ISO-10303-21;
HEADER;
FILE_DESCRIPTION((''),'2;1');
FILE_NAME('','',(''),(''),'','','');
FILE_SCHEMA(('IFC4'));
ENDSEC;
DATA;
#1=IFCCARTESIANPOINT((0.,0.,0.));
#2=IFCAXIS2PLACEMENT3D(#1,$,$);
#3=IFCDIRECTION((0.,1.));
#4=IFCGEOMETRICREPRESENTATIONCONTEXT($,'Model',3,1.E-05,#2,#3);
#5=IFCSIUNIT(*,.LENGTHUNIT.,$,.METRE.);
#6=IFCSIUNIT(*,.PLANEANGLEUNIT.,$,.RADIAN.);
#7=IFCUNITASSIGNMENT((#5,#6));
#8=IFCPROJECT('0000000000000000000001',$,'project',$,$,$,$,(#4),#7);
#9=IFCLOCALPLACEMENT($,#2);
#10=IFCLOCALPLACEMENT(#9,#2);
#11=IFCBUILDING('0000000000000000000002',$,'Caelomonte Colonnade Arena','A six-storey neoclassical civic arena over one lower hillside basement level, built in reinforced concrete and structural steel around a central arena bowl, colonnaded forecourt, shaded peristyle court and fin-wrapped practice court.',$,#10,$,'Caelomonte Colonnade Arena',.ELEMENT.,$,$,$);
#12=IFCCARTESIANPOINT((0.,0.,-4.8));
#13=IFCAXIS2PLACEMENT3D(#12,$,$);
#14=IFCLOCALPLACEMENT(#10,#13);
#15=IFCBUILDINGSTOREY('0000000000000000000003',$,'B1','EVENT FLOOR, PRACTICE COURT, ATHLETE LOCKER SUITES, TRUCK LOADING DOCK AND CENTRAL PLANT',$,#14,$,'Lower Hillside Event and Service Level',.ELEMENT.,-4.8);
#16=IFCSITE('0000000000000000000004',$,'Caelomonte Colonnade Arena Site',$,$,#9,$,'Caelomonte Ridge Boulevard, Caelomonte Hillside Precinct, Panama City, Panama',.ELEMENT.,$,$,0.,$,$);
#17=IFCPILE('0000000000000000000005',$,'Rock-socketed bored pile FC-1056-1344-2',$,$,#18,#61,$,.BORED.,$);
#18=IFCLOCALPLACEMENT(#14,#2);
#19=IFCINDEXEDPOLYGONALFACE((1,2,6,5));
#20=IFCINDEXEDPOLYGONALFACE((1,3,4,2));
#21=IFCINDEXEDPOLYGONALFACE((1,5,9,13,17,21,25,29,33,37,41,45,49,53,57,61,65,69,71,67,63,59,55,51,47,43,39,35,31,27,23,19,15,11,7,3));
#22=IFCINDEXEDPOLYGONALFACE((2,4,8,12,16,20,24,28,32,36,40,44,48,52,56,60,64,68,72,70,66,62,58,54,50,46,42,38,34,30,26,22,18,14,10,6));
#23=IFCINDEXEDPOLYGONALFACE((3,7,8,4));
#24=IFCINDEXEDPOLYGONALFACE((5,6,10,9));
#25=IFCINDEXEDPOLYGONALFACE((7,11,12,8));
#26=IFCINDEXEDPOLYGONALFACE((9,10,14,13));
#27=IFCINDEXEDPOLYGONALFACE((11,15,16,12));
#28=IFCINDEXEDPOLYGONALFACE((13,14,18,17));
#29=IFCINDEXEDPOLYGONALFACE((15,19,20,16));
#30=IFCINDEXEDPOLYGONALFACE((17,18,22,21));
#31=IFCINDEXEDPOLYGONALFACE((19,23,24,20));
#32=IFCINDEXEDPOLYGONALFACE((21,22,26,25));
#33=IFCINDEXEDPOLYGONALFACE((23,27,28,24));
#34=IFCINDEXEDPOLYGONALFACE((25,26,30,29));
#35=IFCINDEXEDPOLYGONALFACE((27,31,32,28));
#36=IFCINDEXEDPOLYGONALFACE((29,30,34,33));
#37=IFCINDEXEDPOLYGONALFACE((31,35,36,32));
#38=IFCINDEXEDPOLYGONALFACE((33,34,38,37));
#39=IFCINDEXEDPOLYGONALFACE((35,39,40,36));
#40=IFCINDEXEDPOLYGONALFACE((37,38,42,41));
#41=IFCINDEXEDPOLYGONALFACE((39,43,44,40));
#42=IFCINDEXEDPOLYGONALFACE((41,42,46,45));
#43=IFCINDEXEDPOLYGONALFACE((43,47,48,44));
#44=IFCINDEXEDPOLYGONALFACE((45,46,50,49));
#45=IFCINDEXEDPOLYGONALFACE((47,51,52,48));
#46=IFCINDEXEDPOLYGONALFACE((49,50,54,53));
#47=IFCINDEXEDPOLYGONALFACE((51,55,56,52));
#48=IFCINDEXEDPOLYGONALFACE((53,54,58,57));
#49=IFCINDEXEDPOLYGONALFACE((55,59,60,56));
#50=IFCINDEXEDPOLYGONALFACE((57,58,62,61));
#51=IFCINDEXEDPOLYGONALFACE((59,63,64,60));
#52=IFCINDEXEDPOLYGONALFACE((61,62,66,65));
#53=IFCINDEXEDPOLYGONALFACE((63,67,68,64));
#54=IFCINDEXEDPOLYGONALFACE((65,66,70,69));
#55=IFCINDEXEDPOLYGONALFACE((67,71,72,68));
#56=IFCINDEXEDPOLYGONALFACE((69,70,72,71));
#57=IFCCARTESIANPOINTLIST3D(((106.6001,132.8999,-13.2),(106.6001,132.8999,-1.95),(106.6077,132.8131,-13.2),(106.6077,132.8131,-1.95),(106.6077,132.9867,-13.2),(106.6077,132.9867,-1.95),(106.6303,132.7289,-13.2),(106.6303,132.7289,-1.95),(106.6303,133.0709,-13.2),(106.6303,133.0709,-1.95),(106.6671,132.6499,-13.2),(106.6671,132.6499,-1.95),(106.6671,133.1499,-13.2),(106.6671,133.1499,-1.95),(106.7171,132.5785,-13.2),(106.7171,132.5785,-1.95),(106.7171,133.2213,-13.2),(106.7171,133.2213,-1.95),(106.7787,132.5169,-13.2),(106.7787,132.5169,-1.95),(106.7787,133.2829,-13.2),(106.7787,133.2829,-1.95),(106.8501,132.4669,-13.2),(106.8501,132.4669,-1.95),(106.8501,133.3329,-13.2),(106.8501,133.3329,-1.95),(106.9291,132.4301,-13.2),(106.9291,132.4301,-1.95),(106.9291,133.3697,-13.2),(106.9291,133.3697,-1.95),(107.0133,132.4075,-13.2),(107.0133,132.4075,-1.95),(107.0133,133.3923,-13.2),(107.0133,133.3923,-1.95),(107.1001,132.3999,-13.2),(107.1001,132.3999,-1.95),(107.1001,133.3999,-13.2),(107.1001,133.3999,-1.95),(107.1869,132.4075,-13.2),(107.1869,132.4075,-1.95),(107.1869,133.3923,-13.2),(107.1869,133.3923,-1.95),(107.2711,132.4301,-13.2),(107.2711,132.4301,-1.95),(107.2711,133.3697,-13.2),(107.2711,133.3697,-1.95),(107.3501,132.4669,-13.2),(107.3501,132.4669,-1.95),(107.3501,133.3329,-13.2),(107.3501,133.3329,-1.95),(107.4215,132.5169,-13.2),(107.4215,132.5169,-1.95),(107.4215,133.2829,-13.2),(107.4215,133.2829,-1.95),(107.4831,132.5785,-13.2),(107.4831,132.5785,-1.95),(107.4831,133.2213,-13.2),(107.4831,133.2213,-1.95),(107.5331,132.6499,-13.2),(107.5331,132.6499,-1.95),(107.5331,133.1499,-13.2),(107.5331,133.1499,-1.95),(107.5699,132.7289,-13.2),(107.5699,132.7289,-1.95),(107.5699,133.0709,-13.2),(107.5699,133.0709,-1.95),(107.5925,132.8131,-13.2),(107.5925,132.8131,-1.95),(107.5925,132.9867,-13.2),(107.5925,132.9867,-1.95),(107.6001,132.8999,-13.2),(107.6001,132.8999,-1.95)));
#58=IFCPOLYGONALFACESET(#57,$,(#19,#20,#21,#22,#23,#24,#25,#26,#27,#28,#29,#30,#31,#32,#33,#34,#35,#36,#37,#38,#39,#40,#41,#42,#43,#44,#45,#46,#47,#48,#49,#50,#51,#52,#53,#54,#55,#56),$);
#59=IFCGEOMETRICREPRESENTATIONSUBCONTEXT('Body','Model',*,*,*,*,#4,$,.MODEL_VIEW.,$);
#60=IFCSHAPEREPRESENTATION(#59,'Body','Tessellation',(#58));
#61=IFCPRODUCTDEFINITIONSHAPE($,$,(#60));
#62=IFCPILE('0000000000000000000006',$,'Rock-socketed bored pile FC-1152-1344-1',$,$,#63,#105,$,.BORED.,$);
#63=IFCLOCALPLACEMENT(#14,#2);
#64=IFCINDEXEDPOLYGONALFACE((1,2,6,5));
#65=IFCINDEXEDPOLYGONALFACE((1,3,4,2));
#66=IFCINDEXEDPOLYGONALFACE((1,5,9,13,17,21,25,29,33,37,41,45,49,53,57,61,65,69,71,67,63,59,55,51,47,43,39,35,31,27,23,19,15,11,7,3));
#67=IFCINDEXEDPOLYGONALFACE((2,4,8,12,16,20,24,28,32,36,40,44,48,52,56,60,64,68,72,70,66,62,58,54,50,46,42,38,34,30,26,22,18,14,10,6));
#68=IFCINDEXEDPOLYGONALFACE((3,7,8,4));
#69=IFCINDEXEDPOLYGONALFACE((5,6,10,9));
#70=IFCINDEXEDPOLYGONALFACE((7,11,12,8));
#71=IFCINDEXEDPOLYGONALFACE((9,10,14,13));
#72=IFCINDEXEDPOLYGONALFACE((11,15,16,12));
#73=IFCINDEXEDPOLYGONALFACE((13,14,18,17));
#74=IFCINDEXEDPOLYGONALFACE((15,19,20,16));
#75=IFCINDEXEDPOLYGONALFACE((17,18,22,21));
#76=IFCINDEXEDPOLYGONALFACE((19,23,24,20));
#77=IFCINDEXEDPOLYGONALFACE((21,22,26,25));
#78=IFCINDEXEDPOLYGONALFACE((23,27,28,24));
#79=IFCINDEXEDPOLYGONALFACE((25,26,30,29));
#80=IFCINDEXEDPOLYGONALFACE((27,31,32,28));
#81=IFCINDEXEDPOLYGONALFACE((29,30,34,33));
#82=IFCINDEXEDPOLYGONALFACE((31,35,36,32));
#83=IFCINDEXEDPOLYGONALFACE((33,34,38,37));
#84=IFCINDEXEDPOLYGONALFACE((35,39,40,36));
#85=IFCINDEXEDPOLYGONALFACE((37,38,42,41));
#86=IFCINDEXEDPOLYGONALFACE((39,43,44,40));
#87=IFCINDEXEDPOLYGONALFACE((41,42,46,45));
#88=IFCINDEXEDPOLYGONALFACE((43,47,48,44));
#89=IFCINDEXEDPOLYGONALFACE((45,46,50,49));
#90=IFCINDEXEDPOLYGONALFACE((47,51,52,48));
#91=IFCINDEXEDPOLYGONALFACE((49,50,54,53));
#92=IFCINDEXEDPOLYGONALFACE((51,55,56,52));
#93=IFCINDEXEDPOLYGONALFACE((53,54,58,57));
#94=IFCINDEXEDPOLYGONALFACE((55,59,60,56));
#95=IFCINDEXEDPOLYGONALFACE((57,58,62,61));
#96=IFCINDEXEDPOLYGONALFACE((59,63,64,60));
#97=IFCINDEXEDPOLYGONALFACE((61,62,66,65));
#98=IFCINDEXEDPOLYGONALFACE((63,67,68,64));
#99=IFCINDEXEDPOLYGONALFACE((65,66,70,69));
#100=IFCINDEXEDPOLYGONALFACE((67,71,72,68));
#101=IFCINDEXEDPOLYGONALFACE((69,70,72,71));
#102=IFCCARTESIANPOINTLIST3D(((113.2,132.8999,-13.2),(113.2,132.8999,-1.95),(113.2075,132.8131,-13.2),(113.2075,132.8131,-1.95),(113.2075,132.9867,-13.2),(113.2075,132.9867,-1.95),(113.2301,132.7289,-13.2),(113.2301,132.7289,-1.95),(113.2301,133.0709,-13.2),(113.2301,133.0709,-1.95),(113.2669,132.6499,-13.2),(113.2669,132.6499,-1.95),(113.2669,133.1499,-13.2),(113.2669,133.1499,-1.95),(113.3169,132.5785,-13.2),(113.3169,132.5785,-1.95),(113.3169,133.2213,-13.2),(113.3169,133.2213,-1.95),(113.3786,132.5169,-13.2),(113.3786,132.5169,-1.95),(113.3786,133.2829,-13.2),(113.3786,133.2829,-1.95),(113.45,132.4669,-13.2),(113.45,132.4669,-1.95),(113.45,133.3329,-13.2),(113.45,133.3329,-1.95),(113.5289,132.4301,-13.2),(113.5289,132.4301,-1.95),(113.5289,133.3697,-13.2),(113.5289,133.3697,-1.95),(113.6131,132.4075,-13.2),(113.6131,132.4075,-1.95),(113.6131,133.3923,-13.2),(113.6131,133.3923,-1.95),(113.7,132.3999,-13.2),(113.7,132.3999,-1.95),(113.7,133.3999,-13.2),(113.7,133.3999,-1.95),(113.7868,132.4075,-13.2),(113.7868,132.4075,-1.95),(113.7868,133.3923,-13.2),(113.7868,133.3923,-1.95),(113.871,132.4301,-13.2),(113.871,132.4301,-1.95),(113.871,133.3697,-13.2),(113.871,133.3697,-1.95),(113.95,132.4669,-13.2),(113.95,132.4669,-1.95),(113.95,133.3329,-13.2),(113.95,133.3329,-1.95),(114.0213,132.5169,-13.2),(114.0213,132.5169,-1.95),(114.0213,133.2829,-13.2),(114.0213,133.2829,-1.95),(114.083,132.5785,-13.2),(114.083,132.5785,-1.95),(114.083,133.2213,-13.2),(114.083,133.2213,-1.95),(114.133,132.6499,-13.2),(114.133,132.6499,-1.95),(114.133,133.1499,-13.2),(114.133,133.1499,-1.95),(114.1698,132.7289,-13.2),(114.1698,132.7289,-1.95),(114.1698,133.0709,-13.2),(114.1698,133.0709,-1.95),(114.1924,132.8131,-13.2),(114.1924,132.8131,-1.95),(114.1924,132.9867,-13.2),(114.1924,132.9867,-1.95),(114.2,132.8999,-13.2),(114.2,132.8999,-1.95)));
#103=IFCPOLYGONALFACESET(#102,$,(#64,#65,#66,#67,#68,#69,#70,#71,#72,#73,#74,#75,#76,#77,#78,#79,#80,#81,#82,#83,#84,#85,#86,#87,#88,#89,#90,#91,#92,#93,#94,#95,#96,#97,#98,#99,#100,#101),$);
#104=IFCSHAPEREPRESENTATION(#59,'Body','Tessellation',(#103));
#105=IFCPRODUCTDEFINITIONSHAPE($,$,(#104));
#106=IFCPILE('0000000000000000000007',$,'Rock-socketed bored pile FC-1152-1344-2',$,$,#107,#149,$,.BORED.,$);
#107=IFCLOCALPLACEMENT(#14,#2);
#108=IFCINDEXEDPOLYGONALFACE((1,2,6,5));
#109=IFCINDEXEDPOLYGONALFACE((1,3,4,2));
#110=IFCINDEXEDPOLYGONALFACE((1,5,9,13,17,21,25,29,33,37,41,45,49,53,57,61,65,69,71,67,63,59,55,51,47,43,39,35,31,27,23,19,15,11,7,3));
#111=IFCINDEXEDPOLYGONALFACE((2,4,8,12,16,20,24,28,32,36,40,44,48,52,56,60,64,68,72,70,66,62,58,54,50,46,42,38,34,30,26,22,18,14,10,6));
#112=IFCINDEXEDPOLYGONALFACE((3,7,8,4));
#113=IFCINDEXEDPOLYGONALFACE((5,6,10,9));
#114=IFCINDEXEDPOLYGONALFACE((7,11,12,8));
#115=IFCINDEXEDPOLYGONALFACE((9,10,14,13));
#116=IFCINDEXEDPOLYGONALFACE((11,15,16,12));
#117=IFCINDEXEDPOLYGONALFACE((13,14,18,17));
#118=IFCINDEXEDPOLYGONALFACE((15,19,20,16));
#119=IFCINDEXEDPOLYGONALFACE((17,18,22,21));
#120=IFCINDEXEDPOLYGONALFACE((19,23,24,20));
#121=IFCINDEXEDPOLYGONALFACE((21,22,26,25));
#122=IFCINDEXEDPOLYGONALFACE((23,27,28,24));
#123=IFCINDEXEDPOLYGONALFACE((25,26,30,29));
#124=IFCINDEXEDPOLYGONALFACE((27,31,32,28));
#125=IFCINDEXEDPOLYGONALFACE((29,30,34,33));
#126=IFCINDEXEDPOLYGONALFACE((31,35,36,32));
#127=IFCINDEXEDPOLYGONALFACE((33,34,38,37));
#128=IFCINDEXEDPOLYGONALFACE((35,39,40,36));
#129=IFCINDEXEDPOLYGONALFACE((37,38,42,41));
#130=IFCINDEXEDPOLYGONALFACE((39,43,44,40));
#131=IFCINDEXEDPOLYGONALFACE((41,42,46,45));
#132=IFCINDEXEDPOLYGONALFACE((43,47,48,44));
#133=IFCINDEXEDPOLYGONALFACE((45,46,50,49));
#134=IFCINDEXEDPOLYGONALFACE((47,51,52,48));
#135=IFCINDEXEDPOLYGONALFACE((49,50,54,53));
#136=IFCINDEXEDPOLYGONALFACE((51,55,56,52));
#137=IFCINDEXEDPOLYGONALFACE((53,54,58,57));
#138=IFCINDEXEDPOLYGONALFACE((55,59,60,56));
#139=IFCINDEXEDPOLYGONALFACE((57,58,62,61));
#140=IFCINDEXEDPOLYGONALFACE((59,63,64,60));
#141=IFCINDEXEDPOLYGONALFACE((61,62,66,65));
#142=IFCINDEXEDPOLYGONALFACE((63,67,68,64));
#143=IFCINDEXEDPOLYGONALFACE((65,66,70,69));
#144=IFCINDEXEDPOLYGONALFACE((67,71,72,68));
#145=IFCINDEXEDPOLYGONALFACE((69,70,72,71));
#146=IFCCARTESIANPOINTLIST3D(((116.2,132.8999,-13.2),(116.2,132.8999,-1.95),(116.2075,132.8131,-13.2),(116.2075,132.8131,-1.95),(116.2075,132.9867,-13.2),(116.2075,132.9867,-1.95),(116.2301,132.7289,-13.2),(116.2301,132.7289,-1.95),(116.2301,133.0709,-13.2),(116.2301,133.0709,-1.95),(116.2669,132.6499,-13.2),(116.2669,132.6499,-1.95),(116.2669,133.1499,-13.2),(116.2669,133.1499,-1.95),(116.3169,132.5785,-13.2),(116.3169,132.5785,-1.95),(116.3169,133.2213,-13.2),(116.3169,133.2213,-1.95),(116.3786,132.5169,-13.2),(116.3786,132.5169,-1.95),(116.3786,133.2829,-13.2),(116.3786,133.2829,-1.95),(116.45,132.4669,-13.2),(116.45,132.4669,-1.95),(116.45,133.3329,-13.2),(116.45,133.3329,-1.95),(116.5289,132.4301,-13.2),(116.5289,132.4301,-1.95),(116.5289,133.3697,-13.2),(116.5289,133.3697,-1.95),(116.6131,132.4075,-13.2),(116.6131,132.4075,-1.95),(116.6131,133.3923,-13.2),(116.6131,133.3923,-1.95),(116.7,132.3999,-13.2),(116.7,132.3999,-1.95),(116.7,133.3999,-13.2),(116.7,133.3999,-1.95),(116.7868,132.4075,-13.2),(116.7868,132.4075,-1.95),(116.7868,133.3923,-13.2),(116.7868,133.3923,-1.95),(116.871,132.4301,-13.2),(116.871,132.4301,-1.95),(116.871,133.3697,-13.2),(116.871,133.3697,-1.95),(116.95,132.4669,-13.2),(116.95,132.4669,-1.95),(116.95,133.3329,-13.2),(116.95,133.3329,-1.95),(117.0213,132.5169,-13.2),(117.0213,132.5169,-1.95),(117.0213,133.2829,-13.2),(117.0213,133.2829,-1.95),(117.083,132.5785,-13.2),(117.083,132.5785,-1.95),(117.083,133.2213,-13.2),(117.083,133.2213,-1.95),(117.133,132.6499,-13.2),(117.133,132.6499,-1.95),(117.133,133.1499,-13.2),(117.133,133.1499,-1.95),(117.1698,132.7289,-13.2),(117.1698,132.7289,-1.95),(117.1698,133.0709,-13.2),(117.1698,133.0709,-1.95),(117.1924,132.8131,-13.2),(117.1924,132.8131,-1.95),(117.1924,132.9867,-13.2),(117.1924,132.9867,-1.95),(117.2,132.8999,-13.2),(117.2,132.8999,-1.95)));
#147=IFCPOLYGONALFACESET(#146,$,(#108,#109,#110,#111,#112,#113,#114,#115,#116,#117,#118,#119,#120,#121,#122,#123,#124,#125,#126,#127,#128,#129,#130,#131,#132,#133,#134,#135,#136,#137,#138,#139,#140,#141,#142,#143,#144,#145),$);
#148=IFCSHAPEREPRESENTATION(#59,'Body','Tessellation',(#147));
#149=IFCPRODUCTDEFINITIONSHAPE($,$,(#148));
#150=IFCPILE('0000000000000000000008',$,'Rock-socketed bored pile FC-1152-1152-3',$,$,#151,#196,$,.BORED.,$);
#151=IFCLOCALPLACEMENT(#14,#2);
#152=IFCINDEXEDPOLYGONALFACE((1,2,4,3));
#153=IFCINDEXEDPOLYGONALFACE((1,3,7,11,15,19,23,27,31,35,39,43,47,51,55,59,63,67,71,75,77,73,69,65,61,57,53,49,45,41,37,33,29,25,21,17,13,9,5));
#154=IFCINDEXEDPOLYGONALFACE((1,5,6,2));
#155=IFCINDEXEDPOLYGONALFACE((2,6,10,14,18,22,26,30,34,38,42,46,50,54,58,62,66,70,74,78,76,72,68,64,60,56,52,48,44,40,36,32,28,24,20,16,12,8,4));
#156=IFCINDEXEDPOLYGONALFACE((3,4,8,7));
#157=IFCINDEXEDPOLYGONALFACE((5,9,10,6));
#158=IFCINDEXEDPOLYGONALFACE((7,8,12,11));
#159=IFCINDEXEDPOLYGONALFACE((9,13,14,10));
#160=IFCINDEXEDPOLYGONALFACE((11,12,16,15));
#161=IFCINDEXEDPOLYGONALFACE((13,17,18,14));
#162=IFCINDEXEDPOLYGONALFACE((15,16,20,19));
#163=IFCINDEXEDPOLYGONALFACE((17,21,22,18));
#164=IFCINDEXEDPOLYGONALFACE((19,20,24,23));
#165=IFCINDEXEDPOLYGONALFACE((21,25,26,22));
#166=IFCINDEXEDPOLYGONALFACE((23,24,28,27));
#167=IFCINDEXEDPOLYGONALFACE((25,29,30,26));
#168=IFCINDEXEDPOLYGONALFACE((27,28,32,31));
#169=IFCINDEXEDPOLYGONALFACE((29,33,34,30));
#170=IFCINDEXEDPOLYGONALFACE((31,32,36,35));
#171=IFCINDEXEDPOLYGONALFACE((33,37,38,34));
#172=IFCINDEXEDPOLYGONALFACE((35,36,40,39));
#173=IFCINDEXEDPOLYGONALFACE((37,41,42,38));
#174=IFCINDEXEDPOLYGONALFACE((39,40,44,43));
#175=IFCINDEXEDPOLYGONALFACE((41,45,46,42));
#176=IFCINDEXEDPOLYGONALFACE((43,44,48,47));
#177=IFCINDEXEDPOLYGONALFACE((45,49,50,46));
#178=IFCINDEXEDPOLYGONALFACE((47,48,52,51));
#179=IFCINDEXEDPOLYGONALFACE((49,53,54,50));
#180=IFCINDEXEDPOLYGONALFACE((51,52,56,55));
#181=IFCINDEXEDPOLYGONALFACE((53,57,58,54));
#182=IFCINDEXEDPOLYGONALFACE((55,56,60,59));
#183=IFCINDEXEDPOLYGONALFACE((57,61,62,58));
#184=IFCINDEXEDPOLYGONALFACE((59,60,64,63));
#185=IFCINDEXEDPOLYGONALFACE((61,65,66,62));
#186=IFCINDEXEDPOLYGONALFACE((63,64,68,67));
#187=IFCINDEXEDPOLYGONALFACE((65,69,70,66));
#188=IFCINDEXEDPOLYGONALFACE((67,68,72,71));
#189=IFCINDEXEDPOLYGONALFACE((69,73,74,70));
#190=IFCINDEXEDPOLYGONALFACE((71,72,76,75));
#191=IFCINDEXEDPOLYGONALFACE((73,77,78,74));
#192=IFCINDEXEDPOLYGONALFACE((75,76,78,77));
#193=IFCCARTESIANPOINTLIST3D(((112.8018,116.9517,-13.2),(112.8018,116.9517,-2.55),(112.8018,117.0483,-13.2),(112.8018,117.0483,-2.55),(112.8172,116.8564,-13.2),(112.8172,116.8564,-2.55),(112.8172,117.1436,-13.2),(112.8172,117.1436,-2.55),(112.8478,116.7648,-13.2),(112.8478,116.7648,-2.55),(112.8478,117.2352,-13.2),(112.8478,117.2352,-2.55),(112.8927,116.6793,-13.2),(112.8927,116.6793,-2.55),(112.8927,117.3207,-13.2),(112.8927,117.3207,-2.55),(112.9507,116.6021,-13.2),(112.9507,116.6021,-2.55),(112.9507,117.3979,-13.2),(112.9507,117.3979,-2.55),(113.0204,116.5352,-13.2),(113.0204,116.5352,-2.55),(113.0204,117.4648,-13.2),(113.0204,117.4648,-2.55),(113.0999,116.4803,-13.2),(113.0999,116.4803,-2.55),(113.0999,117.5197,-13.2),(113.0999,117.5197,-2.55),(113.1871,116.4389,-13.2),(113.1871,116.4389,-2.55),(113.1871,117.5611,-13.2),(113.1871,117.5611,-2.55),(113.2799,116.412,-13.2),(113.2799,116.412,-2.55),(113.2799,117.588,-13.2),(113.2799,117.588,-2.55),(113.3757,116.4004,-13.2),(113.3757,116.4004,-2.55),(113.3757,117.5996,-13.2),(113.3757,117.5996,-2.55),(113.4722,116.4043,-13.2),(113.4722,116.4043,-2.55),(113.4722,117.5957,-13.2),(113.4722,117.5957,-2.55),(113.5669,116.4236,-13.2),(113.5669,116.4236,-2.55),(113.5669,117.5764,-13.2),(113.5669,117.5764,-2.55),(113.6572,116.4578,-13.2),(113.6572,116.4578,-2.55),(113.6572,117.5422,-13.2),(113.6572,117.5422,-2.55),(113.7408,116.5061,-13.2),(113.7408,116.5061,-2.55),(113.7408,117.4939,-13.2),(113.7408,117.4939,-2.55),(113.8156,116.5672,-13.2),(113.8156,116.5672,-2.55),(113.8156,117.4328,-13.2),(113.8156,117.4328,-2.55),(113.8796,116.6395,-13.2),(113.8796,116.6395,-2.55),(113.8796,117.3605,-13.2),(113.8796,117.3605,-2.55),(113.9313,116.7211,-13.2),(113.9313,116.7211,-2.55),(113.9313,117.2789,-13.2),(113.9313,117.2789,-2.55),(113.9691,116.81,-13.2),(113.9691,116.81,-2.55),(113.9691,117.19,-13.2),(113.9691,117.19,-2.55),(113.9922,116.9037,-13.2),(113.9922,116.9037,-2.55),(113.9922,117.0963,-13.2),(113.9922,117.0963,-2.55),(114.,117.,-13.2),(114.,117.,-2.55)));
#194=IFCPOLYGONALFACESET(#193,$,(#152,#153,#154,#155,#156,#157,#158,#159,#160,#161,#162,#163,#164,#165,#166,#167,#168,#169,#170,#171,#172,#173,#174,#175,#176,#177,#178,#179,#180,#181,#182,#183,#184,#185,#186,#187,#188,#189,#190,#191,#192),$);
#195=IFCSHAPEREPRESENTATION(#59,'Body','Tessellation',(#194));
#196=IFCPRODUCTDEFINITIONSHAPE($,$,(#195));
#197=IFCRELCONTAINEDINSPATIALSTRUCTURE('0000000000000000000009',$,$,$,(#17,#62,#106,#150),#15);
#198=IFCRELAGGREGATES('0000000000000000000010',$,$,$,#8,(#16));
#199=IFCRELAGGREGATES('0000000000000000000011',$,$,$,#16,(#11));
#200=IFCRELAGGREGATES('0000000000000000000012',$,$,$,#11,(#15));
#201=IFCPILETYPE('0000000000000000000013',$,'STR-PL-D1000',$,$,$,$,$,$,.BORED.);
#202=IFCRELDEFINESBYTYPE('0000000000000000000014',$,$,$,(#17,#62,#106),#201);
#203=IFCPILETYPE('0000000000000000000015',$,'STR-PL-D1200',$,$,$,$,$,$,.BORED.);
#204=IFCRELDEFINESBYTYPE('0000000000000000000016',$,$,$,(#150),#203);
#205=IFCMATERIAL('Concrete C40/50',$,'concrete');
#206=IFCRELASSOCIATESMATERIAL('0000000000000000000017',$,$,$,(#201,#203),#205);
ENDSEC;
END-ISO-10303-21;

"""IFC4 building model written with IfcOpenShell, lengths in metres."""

from ifc_helpers import new_model, si_unit, direction, frame, origin, origin_2d, place, context, subcontext, project, spatial, circle, extrude, material, material_profile, profile_set, type_object, element, save


model = new_model("IFC4")

# Units and contexts
model_context = context("Model", 3, precision=1e-05, world=origin(), true_north=direction((0.0, 1.0)))
body_context = subcontext(model_context, "Body", "Model", "MODEL_VIEW")
ifc_project = project(units=[si_unit("LENGTHUNIT", "METRE"), si_unit("PLANEANGLEUNIT", "RADIAN")], contexts=[model_context])

# Site, building, storey
site_placement = place(None, origin())
site = spatial("IfcSite", under=ifc_project, at=site_placement, Name="Caelomonte Colonnade Arena Site", LongName="Caelomonte Ridge Boulevard, Caelomonte Hillside Precinct, Panama City, Panama", CompositionType="ELEMENT", RefElevation=0.0)
building_placement = place(site_placement, origin())
building = spatial("IfcBuilding", under=site, at=building_placement, Name="Caelomonte Colonnade Arena", Description="A six-storey neoclassical civic arena over one lower hillside basement level, built in reinforced concrete and structural steel around a central arena bowl, colonnaded forecourt, shaded peristyle court and fin-wrapped practice court.", LongName="Caelomonte Colonnade Arena", CompositionType="ELEMENT")
storey_placement = place(building_placement, frame((0.0, 0.0, -4.8)))
storey = spatial("IfcBuildingStorey", under=building, at=storey_placement, Name="B1", Description="EVENT FLOOR, PRACTICE COURT, ATHLETE LOCKER SUITES, TRUCK LOADING DOCK AND CENTRAL PLANT", LongName="Lower Hillside Event and Service Level", CompositionType="ELEMENT", Elevation=-4.8)

# Shared definitions
ifc_material_1 = material(Name="Concrete C40/50", Category="concrete")

# Piles
ifc_material_profile_1 = material_profile(ifc_material_1, circle(Radius=0.5, at=origin_2d()), Name="PILE-D1000")
ifc_profile_set_1 = profile_set([ifc_material_profile_1], Name="Concrete C40/50")
pile_type_1 = type_object("IfcPileType", Name="STR-PL-D1000", PredefinedType="BORED", material=ifc_profile_set_1)
for number, where, z_axis, x_axis, name in (
    (1, (107.1001, 132.8999, -1.95), (0.0, 0.0, -1.0), (1.0, 0.0, 0.0), "Rock-socketed bored pile FC-1056-1344-2"),
    (2, (113.7, 132.8999, -1.95), (0.0, 0.0, -1.0), (1.0, 0.0, 0.0), "Rock-socketed bored pile FC-1152-1344-1"),
    (3, (116.7, 132.8999, -1.95), (0.0, 0.0, -1.0), (1.0, 0.0, 0.0), "Rock-socketed bored pile FC-1152-1344-2"),
):
    element("IfcPile", number, at=place(storey_placement, frame(where, z_axis=z_axis, x_axis=x_axis)), inside=storey, type_object=pile_type_1, Name=name, PredefinedType="BORED", context=body_context, shape_type="SweptSolid", body=[
        extrude(circle(Radius=0.5, at=origin_2d()), origin(), (0.0, 0.0, 1.0), 11.25),
    ])
ifc_material_profile_2 = material_profile(ifc_material_1, circle(Radius=0.6001, at=origin_2d()), Name="PILE-D1200")
ifc_profile_set_2 = profile_set([ifc_material_profile_2], Name="Concrete C40/50")
pile_type_2 = type_object("IfcPileType", Name="STR-PL-D1200", PredefinedType="BORED", material=ifc_profile_set_2)
pile_1_placement = place(storey_placement, frame((113.3999, 117.0, -2.55), z_axis=(0.0, 0.0, -1.0), x_axis=(1.0, 0.0, 0.0)))
element("IfcPile", 4, at=pile_1_placement, inside=storey, type_object=pile_type_2, Name="Rock-socketed bored pile FC-1152-1152-3", PredefinedType="BORED", context=body_context, shape_type="SweptSolid", body=[
    extrude(circle(Radius=0.6001, at=origin_2d()), origin(), (0.0, 0.0, 1.0), 10.6499),
])

save(model, "model.ifc")
